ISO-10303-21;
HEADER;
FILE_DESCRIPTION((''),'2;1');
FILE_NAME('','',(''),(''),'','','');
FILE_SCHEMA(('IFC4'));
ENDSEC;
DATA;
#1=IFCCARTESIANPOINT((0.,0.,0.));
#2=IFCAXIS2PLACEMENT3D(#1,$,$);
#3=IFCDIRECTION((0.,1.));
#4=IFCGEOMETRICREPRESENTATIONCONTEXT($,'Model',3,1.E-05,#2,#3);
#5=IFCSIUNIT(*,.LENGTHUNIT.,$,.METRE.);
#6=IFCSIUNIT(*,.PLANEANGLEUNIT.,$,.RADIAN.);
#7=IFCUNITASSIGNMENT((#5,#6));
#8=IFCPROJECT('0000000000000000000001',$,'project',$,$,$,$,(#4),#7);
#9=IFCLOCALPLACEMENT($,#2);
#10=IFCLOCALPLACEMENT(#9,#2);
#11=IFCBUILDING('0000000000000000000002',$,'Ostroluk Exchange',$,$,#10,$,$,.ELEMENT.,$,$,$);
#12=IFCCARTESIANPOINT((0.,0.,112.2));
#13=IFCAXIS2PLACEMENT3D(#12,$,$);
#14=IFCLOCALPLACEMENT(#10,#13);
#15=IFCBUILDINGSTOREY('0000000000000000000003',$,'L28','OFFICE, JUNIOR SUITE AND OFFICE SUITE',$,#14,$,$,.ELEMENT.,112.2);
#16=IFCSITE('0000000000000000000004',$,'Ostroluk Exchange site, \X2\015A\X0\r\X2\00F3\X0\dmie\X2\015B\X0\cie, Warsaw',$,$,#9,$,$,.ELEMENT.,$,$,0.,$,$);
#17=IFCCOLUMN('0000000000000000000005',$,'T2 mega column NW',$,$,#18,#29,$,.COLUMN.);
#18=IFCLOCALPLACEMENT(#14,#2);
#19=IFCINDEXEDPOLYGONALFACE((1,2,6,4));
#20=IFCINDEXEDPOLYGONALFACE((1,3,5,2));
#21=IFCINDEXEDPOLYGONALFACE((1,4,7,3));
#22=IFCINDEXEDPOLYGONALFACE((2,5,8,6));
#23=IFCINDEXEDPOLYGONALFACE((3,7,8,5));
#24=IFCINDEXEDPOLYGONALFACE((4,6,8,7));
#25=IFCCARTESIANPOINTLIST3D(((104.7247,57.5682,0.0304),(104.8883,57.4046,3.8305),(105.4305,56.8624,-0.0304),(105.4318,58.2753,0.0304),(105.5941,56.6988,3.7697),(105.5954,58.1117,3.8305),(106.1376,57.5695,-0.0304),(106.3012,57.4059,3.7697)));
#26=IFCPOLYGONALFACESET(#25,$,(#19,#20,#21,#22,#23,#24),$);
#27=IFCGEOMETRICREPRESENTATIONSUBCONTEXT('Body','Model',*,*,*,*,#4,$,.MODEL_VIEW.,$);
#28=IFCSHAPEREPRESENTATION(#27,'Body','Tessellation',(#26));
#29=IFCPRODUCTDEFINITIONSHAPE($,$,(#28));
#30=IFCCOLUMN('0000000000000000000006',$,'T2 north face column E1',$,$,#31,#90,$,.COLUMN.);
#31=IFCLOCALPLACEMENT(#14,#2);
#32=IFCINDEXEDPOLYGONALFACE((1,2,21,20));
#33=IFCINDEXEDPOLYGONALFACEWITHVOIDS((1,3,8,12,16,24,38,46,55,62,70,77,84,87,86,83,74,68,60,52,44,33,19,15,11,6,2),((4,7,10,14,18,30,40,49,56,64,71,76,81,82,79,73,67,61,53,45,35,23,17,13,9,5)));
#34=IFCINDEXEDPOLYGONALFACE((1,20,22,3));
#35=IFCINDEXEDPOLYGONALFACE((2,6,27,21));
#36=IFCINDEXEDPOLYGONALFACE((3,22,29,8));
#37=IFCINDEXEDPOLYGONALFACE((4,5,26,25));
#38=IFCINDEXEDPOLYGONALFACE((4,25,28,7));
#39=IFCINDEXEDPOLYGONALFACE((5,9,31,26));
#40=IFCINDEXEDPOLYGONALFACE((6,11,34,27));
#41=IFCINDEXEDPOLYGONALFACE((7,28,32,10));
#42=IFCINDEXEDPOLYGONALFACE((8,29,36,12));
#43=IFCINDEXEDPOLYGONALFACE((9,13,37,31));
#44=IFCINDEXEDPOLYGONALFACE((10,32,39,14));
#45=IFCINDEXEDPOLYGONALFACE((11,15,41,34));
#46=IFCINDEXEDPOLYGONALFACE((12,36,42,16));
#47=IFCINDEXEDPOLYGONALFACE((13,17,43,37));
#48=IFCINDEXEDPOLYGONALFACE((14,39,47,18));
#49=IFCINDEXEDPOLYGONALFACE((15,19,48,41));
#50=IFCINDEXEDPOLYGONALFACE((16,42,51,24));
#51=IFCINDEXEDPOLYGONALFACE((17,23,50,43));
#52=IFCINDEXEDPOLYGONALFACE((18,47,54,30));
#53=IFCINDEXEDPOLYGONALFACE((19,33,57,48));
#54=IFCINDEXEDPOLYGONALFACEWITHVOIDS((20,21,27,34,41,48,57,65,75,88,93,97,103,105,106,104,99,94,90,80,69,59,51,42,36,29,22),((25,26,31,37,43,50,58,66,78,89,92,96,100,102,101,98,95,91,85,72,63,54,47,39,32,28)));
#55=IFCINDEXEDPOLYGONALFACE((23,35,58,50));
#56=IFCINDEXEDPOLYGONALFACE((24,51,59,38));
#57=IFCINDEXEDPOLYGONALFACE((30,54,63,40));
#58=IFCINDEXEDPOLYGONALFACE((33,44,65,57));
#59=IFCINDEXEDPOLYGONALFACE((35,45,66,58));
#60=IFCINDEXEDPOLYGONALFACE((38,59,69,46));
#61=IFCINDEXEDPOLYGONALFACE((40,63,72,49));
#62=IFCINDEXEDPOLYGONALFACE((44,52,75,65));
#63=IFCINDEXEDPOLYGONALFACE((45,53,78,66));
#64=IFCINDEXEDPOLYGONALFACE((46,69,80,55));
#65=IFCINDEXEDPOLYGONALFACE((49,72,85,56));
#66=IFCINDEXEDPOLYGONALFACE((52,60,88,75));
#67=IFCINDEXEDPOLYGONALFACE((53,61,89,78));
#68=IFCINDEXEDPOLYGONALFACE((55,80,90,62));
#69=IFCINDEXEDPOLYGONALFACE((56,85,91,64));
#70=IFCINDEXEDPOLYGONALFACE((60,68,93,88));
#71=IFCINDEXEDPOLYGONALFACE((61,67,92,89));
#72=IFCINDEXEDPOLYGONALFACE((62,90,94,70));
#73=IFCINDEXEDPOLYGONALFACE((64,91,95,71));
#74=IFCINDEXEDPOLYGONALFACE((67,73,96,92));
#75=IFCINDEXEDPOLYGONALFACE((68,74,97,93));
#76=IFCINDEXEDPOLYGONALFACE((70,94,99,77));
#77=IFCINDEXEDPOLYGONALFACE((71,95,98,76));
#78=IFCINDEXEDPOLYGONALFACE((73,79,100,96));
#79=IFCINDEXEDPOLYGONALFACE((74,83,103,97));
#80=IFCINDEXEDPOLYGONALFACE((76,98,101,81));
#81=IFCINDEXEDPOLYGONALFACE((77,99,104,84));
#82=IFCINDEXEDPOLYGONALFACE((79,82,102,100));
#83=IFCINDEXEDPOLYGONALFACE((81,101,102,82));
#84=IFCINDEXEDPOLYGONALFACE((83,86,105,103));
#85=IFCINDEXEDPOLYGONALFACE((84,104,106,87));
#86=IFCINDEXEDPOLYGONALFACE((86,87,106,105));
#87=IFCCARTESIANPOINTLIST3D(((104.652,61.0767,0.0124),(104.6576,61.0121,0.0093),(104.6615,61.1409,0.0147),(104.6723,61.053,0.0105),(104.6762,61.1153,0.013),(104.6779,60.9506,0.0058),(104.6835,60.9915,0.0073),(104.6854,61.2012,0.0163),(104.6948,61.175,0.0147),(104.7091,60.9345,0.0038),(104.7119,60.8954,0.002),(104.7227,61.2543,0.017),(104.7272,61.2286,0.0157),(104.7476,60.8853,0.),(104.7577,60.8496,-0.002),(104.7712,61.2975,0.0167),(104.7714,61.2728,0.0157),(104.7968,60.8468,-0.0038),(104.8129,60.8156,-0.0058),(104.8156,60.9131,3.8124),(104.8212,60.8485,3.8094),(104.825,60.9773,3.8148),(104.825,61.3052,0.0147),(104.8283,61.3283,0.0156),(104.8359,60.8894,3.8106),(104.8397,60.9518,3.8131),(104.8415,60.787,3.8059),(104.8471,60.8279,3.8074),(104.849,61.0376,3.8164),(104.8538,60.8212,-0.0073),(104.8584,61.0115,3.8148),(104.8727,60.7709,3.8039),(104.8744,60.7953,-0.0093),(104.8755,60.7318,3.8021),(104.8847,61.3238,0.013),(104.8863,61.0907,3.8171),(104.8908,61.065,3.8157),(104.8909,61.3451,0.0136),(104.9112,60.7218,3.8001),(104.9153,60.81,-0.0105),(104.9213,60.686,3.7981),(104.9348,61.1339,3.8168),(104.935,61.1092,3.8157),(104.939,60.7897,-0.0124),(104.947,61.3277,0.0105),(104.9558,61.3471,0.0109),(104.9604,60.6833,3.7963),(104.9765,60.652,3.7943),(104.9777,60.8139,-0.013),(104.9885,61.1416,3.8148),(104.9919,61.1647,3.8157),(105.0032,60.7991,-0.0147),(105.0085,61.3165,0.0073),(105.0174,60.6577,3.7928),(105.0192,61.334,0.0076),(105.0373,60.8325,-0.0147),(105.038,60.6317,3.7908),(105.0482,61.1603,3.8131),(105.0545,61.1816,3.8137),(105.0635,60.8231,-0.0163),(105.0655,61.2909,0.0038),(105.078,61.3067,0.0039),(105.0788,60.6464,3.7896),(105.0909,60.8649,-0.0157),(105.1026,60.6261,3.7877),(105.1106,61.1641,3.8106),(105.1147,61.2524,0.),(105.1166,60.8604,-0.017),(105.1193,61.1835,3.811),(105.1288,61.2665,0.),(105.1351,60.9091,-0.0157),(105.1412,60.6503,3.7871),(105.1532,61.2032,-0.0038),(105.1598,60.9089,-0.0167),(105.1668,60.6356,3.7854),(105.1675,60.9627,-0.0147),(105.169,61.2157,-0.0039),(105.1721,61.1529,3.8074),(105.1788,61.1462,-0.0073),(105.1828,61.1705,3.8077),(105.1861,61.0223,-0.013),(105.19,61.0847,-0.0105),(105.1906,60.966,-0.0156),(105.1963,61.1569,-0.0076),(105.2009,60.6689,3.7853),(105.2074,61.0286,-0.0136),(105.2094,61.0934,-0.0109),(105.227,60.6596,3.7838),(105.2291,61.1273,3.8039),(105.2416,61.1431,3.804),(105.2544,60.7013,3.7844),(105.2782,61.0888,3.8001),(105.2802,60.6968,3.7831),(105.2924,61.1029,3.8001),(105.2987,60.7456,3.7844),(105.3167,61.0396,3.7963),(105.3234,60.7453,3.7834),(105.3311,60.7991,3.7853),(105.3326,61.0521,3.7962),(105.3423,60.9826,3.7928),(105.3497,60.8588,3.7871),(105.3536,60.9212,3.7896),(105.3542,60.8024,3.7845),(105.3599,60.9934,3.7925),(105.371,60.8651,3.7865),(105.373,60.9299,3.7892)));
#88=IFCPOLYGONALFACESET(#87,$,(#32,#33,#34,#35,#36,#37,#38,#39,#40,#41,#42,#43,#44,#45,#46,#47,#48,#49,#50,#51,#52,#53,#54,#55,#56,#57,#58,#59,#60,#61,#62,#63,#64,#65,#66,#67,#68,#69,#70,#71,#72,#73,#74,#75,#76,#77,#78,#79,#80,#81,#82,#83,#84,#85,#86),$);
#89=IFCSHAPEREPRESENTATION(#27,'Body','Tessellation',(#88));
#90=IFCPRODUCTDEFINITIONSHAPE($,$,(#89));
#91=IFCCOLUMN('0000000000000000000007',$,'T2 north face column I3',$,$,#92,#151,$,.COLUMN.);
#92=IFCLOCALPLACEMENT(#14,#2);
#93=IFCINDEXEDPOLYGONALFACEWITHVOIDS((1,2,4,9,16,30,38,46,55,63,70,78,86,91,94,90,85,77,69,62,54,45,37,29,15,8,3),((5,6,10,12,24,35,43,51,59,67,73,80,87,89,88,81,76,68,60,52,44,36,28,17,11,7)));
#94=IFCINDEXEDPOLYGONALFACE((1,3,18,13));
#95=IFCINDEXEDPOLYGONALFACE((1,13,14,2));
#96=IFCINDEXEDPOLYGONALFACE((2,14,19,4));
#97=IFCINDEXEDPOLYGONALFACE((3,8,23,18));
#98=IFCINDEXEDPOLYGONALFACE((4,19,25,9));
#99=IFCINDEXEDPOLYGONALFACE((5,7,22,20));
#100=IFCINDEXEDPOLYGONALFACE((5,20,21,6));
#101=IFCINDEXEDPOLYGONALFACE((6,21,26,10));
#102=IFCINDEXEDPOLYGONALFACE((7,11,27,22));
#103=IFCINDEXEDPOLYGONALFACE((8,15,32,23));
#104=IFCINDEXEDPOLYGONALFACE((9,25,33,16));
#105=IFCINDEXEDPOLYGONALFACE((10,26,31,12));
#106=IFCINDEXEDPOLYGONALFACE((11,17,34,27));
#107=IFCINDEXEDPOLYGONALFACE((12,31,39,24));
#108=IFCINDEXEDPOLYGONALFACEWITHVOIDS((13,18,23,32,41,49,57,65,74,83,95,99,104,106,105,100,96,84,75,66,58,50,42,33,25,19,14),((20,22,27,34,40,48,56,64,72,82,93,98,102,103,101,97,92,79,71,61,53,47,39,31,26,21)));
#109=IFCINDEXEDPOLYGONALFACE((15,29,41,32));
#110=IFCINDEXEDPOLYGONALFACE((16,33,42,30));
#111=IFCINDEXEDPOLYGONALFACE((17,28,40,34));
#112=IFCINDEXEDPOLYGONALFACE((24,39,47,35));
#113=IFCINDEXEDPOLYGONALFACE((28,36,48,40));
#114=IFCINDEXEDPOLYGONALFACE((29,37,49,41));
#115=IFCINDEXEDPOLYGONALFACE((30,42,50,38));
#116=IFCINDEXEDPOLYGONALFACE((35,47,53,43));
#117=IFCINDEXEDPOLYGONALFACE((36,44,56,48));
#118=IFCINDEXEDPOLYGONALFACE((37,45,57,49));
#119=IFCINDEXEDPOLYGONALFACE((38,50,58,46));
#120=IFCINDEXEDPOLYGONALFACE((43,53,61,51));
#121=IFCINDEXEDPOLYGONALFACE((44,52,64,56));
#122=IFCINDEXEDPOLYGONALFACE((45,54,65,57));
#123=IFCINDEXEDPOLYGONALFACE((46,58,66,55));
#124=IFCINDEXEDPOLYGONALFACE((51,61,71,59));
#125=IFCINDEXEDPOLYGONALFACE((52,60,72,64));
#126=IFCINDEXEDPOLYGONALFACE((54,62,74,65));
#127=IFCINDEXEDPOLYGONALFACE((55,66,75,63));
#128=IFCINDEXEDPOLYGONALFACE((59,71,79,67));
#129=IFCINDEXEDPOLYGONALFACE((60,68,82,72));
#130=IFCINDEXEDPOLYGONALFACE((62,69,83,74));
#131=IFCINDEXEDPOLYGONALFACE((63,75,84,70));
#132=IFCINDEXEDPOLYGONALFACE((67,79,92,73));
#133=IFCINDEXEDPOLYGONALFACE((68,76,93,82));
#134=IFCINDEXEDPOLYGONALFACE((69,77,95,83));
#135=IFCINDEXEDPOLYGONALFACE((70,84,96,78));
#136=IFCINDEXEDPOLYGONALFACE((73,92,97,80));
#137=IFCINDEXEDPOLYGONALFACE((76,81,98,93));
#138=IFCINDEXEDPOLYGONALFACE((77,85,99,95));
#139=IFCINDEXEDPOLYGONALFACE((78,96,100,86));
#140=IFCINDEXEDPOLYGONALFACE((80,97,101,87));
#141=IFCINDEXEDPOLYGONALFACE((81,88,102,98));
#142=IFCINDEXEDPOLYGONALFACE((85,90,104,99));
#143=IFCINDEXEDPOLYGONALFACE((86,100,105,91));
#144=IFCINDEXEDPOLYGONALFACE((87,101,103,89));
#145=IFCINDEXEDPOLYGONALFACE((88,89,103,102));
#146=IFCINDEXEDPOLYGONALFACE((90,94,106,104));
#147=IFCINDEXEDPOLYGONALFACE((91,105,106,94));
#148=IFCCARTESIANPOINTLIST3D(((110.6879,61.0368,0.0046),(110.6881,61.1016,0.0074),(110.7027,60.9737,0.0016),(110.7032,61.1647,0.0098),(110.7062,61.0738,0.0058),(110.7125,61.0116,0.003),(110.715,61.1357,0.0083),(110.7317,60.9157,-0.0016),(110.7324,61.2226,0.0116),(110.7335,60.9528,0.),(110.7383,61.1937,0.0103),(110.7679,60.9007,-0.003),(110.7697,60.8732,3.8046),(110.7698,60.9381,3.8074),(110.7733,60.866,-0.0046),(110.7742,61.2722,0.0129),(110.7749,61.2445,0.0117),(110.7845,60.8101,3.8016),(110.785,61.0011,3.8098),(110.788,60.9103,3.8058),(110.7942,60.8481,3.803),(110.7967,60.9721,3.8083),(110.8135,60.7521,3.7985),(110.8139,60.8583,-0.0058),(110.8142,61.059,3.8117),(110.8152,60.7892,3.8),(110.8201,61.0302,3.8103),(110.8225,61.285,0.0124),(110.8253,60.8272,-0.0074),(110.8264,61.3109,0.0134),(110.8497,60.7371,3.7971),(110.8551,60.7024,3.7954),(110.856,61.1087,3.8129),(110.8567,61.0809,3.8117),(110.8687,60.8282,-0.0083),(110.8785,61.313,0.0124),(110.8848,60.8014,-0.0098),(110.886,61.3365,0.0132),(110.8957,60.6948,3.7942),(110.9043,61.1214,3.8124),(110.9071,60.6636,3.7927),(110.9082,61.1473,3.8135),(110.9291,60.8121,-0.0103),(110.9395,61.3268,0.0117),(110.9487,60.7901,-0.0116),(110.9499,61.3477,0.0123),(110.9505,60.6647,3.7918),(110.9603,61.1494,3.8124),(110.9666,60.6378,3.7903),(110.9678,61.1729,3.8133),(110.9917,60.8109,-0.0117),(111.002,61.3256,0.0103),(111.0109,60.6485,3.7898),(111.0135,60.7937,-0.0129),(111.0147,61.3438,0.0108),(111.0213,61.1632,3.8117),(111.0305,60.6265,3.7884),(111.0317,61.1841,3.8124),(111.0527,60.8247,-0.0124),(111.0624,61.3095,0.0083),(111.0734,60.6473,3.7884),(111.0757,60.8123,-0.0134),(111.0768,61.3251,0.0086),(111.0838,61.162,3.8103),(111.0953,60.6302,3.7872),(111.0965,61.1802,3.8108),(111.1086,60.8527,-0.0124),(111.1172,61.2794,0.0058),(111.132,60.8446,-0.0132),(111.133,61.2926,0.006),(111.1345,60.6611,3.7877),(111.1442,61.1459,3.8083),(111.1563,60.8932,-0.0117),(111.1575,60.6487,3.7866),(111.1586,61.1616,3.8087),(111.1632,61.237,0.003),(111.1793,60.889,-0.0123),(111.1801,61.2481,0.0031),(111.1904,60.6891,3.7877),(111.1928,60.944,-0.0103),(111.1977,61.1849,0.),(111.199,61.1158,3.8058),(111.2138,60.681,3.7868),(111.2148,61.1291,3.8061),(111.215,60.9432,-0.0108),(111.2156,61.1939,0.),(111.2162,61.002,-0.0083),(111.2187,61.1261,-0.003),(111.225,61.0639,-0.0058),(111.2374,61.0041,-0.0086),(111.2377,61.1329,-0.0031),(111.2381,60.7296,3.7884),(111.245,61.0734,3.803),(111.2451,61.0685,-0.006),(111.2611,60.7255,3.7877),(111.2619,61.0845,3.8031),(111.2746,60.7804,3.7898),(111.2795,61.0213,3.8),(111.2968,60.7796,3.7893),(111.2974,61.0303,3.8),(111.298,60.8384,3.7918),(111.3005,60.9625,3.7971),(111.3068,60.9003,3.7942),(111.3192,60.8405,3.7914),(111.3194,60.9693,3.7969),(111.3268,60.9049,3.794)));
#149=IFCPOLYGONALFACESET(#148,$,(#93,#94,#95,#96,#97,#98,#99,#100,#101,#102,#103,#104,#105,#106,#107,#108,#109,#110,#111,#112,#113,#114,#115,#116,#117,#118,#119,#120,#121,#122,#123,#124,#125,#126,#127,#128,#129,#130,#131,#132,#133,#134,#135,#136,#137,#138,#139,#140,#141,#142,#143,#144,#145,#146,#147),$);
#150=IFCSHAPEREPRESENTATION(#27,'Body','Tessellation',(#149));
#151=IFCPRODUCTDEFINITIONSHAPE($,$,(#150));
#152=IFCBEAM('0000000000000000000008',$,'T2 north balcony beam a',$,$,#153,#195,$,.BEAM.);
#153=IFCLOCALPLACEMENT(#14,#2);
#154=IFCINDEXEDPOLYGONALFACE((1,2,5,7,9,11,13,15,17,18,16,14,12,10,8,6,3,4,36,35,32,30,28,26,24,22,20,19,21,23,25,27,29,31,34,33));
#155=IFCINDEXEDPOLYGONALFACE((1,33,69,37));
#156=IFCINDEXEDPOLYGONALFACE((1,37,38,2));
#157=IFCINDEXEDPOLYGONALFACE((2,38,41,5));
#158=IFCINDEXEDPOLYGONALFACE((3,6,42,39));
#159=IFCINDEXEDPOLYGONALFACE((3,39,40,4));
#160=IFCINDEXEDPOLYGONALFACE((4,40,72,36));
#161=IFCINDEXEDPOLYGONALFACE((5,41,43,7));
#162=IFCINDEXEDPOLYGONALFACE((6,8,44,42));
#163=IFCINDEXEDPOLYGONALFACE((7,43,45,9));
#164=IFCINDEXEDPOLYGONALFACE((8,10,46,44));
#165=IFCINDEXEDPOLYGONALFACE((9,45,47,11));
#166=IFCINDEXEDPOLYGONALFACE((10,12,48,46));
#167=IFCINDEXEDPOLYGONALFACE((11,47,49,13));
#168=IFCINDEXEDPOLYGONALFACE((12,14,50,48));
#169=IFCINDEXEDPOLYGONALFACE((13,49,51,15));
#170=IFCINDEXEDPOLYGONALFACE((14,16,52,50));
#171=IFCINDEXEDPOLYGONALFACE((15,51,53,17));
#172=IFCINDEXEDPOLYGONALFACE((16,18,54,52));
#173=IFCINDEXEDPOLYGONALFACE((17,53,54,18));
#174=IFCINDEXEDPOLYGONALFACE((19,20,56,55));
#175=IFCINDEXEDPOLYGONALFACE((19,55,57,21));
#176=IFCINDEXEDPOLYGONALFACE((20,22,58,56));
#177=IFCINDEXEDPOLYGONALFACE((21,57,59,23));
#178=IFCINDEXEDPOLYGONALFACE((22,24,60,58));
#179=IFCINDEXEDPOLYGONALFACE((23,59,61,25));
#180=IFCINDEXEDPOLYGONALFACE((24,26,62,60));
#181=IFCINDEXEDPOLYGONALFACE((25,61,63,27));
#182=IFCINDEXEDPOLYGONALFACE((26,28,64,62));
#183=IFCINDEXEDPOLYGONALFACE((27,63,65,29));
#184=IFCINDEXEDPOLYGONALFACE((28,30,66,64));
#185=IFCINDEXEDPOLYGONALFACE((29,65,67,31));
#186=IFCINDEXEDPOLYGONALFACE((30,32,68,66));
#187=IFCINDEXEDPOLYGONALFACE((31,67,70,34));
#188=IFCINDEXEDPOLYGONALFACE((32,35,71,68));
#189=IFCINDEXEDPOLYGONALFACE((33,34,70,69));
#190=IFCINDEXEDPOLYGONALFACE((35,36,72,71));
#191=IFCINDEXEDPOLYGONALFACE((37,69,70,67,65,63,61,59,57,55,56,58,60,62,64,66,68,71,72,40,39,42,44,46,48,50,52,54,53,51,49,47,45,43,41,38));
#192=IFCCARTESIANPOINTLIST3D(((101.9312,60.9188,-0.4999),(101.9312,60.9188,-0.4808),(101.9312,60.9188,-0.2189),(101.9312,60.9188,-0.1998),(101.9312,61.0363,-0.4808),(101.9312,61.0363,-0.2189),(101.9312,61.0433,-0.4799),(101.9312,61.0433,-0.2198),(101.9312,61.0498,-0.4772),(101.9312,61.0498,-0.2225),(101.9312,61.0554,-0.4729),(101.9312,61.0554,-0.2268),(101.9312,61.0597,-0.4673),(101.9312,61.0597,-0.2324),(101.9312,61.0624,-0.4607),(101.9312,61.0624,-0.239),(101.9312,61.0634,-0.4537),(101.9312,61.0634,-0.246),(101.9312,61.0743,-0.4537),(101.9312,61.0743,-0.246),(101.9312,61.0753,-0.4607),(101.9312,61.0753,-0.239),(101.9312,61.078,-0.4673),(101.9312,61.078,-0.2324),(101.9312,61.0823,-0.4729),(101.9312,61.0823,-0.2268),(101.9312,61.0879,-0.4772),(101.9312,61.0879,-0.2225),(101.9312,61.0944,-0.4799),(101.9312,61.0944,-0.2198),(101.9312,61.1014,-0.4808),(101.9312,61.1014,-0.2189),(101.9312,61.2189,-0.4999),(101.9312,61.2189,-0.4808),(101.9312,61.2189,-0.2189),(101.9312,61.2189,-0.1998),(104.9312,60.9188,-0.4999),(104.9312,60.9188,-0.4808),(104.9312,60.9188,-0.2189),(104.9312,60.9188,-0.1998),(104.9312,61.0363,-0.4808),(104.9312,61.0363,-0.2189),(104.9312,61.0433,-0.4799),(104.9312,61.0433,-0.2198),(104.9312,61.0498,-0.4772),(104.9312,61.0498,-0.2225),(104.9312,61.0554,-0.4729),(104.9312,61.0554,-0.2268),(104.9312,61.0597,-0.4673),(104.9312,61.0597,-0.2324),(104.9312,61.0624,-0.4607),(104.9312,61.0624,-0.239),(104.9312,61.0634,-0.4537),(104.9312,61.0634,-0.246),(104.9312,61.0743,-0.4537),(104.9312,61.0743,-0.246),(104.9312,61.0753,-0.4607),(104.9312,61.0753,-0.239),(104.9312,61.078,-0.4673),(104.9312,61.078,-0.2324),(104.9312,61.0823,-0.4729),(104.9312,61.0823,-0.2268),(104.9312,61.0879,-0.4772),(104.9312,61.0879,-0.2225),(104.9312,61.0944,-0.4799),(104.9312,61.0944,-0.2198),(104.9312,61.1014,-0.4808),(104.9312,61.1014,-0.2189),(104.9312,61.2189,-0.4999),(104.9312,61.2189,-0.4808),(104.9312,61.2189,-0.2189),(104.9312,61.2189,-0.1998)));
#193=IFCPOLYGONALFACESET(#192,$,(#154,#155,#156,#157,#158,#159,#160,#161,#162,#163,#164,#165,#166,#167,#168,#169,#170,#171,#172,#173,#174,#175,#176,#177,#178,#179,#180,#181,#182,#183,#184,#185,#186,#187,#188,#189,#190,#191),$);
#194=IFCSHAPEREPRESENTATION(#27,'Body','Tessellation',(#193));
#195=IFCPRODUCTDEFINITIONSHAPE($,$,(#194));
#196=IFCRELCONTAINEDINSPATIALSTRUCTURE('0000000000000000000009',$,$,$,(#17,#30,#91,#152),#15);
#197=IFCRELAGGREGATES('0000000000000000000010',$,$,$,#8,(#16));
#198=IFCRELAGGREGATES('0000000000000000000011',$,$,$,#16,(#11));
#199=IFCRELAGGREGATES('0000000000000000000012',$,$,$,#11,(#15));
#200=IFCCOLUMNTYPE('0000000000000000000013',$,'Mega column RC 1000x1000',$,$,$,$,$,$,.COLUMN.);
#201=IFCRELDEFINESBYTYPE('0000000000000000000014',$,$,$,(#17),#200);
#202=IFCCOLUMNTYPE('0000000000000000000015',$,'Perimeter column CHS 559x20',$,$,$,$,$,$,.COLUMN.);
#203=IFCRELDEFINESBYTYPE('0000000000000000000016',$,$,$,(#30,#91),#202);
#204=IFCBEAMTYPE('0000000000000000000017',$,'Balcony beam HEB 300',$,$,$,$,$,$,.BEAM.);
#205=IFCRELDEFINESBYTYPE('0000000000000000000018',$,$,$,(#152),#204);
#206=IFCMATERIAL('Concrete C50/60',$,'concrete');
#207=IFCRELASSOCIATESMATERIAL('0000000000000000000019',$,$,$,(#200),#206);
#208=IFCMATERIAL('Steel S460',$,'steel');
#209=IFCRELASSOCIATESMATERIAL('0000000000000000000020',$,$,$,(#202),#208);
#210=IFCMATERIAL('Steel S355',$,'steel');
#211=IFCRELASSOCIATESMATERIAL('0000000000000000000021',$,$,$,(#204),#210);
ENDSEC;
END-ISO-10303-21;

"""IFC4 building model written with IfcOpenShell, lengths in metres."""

from ifc_helpers import new_model, si_unit, direction, frame, origin, origin_2d, place, context, subcontext, project, spatial, rectangle, hollow_circle, i_section, extrude, material, material_profile, profile_set, type_object, element, save


model = new_model("IFC4")

# Units and contexts
model_context = context("Model", 3, precision=1e-05, world=origin(), true_north=direction((0.0, 1.0)))
body_context = subcontext(model_context, "Body", "Model", "MODEL_VIEW")
ifc_project = project(units=[si_unit("LENGTHUNIT", "METRE"), si_unit("PLANEANGLEUNIT", "RADIAN")], contexts=[model_context])

# Site, building, storey
site_placement = place(None, origin())
site = spatial("IfcSite", under=ifc_project, at=site_placement, Name="Ostroluk Exchange site, Śródmieście, Warsaw", CompositionType="ELEMENT", RefElevation=0.0)
building_placement = place(site_placement, origin())
building = spatial("IfcBuilding", under=site, at=building_placement, Name="Ostroluk Exchange", CompositionType="ELEMENT")
storey_placement = place(building_placement, frame((0.0, 0.0, 112.2)))
storey = spatial("IfcBuildingStorey", under=building, at=storey_placement, Name="L28", Description="OFFICE, JUNIOR SUITE AND OFFICE SUITE", CompositionType="ELEMENT", Elevation=112.2)

# Columns
ifc_material_1 = material(Name="Concrete C50/60", Category="concrete")
ifc_material_profile_1 = material_profile(ifc_material_1, rectangle(XDim=1.0, YDim=1.0, at=origin_2d()), Name="RC 1000x1000")
ifc_profile_set_1 = profile_set([ifc_material_profile_1], Name="Concrete C50/60")
column_type_1 = type_object("IfcColumnType", Name="Mega column RC 1000x1000", PredefinedType="COLUMN", material=ifc_profile_set_1)
column_1_placement = place(storey_placement, frame((105.4312, 57.5688, 0.0), z_axis=(0.042966, -0.042966, 0.998152), x_axis=(0.707107, 0.707107, 0.0)))
element("IfcColumn", 1, at=column_1_placement, inside=storey, type_object=column_type_1, Name="T2 mega column NW", PredefinedType="COLUMN", context=body_context, shape_type="SweptSolid", body=[
    extrude(rectangle(XDim=1.0, YDim=1.0, at=origin_2d()), origin(), (0.0, 0.0, 1.0), 3.8071),
])
ifc_material_2 = material(Name="Steel S460", Category="steel")
ifc_material_profile_2 = material_profile(ifc_material_2, hollow_circle(Radius=0.2795, WallThickness=0.02, at=origin_2d()), Name="CHS 559x20")
ifc_profile_set_2 = profile_set([ifc_material_profile_2], Name="Steel S460")
column_type_2 = type_object("IfcColumnType", Name="Perimeter column CHS 559x20", PredefinedType="COLUMN", material=ifc_profile_set_2)
column_2_placement = place(storey_placement, frame((104.9312, 61.0688, 0.0), z_axis=(0.042966, -0.042966, 0.998152), x_axis=(0.707107, 0.707107, 0.0)))
element("IfcColumn", 2, at=column_2_placement, inside=storey, type_object=column_type_2, Name="T2 north face column E1", PredefinedType="COLUMN", context=body_context, shape_type="SweptSolid", body=[
    extrude(hollow_circle(Radius=0.2795, WallThickness=0.02, at=origin_2d()), origin(), (0.0, 0.0, 1.0), 3.8071),
])
column_3_placement = place(storey_placement, frame((110.9656, 61.0688, 0.0), z_axis=(0.021498, -0.042996, 0.998844), x_axis=(0.894427, 0.447214, 0.0)))
element("IfcColumn", 3, at=column_3_placement, inside=storey, type_object=column_type_2, Name="T2 north face column I3", PredefinedType="COLUMN", context=body_context, shape_type="SweptSolid", body=[
    extrude(hollow_circle(Radius=0.2795, WallThickness=0.02, at=origin_2d()), origin(), (0.0, 0.0, 1.0), 3.8044),
])

# Beam
ifc_material_3 = material(Name="Steel S355", Category="steel")
ifc_material_profile_3 = material_profile(ifc_material_3, i_section(OverallWidth=0.3, OverallDepth=0.3, WebThickness=0.011, FlangeThickness=0.019, FilletRadius=0.0271, at=origin_2d()), Name="HEB 300")
ifc_profile_set_3 = profile_set([ifc_material_profile_3], Name="Steel S355")
beam_type_1 = type_object("IfcBeamType", Name="Balcony beam HEB 300", PredefinedType="BEAM", material=ifc_profile_set_3)
beam_1_placement = place(storey_placement, frame((104.9312, 61.0688, -0.3499), z_axis=(-1.0, 0.0, 0.0), x_axis=(0.0, -1.0, 0.0)))
element("IfcBeam", 4, at=beam_1_placement, inside=storey, type_object=beam_type_1, Name="T2 north balcony beam a", PredefinedType="BEAM", context=body_context, shape_type="SweptSolid", body=[
    extrude(i_section(OverallWidth=0.3, OverallDepth=0.3, WebThickness=0.011, FlangeThickness=0.019, FilletRadius=0.0271, at=origin_2d()), origin(), (0.0, 0.0, 1.0), 3.0),
])

save(model, "model.ifc")
